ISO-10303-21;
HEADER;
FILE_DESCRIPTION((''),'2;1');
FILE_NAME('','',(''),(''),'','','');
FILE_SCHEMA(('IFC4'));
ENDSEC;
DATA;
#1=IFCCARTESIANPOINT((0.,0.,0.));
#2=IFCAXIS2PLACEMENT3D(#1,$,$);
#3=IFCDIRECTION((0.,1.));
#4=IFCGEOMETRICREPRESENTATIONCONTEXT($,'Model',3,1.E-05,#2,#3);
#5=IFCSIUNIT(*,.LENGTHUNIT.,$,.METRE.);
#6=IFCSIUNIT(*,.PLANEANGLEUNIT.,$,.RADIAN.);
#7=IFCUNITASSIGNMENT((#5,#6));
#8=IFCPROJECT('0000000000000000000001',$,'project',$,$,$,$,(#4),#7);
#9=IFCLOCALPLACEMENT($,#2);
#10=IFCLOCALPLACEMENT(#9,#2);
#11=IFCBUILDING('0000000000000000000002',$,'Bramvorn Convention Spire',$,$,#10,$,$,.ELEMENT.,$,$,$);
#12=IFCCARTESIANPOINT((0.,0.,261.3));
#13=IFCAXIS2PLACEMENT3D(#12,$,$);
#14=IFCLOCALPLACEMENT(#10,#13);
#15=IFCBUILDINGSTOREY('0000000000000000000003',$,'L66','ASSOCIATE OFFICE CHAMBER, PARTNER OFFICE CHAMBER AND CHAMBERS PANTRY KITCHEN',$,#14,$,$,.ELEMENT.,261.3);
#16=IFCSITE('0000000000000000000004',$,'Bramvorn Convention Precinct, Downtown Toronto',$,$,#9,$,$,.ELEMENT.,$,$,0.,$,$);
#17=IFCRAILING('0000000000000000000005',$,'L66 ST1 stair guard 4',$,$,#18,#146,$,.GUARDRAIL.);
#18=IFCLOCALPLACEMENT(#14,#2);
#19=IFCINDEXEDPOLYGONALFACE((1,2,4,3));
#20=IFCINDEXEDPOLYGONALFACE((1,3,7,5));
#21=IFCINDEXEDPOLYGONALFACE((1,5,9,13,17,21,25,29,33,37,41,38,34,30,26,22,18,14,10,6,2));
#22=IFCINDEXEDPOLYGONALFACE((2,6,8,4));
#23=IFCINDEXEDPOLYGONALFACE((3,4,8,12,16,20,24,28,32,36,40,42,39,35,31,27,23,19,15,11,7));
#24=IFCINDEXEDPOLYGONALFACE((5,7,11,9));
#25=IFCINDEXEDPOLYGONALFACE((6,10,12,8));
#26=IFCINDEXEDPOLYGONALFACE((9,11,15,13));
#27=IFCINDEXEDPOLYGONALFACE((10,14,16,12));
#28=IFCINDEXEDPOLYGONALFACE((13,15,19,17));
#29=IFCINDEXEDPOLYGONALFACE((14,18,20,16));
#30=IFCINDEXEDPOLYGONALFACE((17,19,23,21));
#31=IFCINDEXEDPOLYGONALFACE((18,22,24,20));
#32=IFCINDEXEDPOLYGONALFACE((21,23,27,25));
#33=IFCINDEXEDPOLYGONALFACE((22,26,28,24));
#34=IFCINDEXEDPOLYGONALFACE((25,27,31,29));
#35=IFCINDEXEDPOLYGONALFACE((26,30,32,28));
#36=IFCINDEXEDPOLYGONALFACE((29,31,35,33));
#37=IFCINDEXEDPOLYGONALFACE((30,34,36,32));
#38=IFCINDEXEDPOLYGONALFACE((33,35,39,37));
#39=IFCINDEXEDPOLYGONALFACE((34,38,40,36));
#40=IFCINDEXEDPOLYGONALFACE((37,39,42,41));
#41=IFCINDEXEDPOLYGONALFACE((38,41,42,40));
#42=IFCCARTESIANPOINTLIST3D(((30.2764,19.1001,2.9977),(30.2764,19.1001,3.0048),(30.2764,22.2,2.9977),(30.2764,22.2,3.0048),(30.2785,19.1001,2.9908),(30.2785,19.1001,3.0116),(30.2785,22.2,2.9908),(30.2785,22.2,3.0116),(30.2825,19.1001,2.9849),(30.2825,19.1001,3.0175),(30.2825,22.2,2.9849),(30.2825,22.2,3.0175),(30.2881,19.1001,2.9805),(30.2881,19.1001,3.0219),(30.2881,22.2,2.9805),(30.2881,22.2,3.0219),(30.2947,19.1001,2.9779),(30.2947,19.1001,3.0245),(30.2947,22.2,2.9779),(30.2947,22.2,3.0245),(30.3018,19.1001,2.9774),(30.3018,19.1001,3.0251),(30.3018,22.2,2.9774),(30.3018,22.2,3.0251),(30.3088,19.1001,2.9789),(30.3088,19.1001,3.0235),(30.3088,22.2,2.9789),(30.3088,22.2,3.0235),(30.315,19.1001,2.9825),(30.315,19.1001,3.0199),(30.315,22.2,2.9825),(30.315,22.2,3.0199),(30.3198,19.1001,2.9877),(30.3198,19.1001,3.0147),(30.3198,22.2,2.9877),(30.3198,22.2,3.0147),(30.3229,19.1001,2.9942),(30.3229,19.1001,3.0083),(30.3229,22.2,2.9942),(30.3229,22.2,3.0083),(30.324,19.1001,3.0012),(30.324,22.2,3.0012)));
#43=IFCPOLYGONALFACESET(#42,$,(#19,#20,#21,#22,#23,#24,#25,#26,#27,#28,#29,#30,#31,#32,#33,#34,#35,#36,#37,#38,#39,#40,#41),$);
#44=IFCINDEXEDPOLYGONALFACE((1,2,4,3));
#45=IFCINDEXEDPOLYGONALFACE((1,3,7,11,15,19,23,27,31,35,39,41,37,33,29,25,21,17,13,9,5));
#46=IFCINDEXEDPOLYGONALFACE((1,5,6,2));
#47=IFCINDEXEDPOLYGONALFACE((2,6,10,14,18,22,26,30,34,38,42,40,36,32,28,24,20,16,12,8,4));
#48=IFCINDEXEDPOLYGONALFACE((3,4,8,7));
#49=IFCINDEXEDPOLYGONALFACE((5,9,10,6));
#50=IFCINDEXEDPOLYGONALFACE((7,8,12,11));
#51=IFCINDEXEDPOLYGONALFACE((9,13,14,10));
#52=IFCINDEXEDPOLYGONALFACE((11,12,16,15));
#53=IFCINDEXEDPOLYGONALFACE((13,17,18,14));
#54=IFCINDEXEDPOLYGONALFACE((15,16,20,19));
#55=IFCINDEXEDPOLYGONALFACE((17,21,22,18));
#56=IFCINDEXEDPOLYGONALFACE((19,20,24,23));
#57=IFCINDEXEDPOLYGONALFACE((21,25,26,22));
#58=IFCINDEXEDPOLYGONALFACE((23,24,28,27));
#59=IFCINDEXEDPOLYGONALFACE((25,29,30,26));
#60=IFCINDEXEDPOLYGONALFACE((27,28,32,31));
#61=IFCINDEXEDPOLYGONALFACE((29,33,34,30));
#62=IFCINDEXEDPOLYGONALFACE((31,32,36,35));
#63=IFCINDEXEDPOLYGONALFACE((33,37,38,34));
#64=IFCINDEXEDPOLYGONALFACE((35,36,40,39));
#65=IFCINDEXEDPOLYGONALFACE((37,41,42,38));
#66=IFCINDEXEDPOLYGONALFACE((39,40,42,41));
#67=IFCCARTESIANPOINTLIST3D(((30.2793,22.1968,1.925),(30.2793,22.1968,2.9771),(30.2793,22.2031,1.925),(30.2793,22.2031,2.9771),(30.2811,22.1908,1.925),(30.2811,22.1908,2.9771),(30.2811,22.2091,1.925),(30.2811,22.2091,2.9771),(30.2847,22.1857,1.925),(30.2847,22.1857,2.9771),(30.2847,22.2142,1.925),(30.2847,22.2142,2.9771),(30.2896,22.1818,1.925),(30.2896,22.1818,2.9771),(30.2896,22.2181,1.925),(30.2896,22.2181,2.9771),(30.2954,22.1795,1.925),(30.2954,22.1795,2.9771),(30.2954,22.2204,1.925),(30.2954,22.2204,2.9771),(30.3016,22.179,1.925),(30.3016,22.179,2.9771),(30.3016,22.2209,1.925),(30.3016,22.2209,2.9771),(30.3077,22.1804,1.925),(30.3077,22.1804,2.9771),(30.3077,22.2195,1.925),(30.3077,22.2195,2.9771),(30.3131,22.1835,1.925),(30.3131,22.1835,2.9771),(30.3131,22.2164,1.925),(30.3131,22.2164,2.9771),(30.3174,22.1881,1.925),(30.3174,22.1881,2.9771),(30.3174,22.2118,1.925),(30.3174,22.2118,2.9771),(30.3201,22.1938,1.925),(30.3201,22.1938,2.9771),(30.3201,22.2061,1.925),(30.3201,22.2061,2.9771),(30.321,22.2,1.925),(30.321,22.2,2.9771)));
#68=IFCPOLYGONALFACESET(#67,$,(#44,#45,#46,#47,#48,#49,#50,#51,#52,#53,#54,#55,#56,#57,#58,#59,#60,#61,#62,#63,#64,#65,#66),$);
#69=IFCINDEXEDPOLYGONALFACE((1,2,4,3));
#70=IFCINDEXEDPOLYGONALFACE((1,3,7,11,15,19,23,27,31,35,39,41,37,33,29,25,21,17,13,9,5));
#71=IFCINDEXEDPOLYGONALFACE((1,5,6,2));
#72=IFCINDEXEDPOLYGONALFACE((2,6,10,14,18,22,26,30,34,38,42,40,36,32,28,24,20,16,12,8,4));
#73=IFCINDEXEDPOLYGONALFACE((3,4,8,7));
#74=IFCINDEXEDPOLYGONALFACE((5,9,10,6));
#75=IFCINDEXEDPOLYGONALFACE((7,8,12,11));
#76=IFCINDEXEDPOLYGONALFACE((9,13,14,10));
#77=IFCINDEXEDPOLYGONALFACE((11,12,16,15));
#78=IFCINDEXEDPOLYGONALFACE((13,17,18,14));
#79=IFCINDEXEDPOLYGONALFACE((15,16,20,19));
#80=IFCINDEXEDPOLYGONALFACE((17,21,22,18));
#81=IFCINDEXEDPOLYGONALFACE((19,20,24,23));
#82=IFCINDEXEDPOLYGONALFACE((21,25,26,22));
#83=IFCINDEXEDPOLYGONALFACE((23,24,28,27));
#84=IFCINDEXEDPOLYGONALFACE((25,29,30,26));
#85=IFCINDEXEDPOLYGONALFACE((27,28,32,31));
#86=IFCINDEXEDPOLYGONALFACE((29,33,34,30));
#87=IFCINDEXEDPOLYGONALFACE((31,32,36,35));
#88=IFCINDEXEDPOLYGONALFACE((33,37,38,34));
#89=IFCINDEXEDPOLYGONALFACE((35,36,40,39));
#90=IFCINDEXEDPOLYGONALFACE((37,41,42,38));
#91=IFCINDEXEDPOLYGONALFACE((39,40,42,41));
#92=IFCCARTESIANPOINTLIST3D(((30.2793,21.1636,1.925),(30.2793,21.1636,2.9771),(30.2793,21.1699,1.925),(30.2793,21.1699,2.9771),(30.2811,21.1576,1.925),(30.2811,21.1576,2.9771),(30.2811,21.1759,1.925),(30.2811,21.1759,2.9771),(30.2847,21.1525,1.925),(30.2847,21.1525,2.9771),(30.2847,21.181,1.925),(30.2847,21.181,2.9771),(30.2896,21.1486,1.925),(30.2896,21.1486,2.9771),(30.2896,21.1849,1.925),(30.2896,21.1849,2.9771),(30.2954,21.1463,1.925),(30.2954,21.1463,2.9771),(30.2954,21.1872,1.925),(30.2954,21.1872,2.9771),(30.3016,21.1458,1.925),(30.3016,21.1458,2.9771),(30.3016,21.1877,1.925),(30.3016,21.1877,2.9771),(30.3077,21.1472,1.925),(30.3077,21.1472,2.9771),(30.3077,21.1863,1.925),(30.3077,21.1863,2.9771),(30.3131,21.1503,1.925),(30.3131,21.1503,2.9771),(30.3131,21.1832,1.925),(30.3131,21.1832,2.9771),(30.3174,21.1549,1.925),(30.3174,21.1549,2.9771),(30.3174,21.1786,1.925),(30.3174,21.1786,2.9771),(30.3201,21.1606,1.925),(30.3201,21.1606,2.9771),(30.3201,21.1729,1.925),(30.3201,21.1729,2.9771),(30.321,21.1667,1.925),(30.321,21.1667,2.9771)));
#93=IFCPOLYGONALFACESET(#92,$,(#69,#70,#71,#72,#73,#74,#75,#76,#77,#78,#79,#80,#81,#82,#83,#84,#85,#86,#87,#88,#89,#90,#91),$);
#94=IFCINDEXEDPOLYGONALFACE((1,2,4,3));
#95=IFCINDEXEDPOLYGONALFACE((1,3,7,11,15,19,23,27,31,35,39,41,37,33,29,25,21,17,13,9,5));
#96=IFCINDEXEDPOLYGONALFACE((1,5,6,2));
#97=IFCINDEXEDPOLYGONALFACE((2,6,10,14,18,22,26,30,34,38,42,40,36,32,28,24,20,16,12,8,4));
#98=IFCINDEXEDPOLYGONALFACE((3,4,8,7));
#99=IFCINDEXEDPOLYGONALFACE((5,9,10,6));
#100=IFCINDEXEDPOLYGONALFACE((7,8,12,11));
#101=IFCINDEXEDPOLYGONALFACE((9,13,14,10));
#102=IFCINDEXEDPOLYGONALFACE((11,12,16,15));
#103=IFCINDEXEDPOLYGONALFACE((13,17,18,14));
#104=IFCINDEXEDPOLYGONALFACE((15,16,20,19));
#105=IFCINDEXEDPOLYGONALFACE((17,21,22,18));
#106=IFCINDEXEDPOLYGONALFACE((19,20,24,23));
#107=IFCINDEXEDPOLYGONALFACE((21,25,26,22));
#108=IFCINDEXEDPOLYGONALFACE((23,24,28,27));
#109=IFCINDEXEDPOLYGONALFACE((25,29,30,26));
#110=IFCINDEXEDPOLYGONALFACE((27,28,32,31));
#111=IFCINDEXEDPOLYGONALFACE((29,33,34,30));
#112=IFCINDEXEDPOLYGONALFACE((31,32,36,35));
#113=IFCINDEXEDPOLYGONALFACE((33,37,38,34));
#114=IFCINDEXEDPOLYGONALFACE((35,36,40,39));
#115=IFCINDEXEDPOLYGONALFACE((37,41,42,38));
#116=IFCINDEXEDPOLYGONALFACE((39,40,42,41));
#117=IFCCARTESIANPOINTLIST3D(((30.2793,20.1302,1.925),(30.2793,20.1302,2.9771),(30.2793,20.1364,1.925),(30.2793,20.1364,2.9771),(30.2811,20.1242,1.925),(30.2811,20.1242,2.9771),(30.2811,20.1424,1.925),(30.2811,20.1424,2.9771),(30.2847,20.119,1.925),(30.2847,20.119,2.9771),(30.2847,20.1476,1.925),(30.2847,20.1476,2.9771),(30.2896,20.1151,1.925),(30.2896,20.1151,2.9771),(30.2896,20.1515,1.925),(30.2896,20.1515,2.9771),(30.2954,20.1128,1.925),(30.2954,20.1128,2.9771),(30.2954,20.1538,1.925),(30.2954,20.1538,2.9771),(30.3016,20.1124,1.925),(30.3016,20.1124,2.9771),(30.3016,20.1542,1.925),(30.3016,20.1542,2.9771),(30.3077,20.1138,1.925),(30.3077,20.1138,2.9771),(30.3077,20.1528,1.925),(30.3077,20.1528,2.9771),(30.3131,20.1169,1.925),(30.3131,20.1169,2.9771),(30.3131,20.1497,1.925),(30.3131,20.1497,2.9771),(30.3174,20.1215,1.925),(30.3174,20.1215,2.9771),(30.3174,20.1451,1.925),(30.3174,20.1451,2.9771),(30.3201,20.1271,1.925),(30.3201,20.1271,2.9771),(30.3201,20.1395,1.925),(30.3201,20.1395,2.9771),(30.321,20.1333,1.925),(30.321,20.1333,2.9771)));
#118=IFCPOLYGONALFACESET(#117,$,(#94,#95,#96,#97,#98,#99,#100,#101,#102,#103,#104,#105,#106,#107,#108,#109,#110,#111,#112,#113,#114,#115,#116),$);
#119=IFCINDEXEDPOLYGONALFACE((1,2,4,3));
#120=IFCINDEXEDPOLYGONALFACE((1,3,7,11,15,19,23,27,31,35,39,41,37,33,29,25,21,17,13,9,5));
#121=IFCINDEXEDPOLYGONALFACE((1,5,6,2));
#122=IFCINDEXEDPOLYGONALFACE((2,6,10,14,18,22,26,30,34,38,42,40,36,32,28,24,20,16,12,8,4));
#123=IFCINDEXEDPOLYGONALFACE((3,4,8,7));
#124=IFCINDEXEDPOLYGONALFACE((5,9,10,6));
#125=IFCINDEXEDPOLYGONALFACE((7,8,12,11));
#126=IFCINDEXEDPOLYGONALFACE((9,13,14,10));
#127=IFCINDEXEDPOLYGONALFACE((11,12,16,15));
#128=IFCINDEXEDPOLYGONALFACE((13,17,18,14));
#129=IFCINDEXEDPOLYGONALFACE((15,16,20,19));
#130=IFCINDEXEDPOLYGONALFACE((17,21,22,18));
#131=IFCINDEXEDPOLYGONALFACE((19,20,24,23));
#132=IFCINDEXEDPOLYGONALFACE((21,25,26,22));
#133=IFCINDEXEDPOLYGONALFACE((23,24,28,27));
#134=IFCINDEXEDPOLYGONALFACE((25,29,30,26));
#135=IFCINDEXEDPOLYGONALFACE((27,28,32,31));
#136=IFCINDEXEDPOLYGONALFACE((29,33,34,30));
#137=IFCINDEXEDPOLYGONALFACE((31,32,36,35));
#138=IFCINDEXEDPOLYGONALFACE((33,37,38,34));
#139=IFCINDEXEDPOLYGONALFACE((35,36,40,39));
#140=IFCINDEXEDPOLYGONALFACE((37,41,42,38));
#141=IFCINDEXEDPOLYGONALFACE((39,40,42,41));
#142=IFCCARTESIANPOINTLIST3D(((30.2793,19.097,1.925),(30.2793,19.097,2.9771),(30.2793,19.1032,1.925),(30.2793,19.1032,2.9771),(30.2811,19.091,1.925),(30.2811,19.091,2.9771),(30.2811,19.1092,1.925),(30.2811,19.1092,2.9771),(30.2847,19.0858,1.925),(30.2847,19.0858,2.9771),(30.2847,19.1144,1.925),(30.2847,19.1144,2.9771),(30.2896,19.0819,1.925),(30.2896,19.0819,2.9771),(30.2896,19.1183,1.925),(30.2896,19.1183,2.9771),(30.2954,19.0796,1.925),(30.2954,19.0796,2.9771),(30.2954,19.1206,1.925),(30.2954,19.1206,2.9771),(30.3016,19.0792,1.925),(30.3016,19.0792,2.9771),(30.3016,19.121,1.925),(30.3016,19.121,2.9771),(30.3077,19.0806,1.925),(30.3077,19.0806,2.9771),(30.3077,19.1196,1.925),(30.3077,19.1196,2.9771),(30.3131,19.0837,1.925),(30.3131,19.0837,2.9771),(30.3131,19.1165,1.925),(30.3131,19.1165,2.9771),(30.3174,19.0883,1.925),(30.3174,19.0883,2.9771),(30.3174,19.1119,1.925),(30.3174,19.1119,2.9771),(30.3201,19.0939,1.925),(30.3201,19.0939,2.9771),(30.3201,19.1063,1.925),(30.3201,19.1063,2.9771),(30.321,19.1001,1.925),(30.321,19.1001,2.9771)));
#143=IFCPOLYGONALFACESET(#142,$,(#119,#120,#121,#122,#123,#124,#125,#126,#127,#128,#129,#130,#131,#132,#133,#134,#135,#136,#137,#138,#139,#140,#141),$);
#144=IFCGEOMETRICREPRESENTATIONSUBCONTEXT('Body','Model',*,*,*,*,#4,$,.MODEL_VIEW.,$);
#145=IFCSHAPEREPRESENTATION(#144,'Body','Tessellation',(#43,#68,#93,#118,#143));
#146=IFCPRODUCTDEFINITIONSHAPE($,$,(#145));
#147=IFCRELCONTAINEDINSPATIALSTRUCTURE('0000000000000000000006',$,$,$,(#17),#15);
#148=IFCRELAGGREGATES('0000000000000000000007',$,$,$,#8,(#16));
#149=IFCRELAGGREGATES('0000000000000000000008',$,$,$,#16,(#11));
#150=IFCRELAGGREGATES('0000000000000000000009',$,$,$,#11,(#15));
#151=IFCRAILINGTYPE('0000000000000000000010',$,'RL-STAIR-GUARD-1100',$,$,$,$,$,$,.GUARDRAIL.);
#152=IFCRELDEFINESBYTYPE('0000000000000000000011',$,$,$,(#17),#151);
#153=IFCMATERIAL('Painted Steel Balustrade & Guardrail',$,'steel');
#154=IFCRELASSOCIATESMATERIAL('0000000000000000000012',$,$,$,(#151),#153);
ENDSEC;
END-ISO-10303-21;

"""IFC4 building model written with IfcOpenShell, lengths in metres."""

from ifc_helpers import new_model, si_unit, direction, frame, origin, origin_2d, place, context, subcontext, project, spatial, circle, extrude, material, type_object, element, save


model = new_model("IFC4")

# Units and contexts
model_context = context("Model", 3, precision=1e-05, world=origin(), true_north=direction((0.0, 1.0)))
body_context = subcontext(model_context, "Body", "Model", "MODEL_VIEW")
ifc_project = project(units=[si_unit("LENGTHUNIT", "METRE"), si_unit("PLANEANGLEUNIT", "RADIAN")], contexts=[model_context])

# Site, building, storey
site_placement = place(None, origin())
site = spatial("IfcSite", under=ifc_project, at=site_placement, Name="Bramvorn Convention Precinct, Downtown Toronto", CompositionType="ELEMENT", RefElevation=0.0)
building_placement = place(site_placement, origin())
building = spatial("IfcBuilding", under=site, at=building_placement, Name="Bramvorn Convention Spire", CompositionType="ELEMENT")
storey_placement = place(building_placement, frame((0.0, 0.0, 261.3)))
storey = spatial("IfcBuildingStorey", under=building, at=storey_placement, Name="L66", Description="ASSOCIATE OFFICE CHAMBER, PARTNER OFFICE CHAMBER AND CHAMBERS PANTRY KITCHEN", CompositionType="ELEMENT", Elevation=261.3)

# Railing
ifc_material_1 = material(Name="Painted Steel Balustrade & Guardrail", Category="steel")
railing_type_1 = type_object("IfcRailingType", Name="RL-STAIR-GUARD-1100", PredefinedType="GUARDRAIL", material=ifc_material_1)
for number, where, name in (
    (1, (30.3, 22.2, 1.925), "L66 ST1 stair guard 4"),
):
    element("IfcRailing", number, at=place(storey_placement, frame(where)), inside=storey, type_object=railing_type_1, Name=name, PredefinedType="GUARDRAIL", context=body_context, shape_type="SweptSolid", body=[
        extrude(circle(Radius=0.0239, at=origin_2d()), frame((0.0, 0.0, 1.0762), z_axis=(0.0, -1.0, 0.0), x_axis=(1.0, 0.0, 0.0)), (0.0, 0.0, 1.0), 3.0999),
        extrude(circle(Radius=0.021, at=origin_2d()), origin(), (0.0, 0.0, 1.0), 1.052),
        extrude(circle(Radius=0.021, at=origin_2d()), frame((0.0, -1.0332, 0.0)), (0.0, 0.0, 1.0), 1.052),
        extrude(circle(Radius=0.021, at=origin_2d()), frame((0.0, -2.0667, 0.0)), (0.0, 0.0, 1.0), 1.052),
        extrude(circle(Radius=0.021, at=origin_2d()), frame((0.0, -3.0999, 0.0)), (0.0, 0.0, 1.0), 1.052),
    ])

save(model, "model.ifc")
